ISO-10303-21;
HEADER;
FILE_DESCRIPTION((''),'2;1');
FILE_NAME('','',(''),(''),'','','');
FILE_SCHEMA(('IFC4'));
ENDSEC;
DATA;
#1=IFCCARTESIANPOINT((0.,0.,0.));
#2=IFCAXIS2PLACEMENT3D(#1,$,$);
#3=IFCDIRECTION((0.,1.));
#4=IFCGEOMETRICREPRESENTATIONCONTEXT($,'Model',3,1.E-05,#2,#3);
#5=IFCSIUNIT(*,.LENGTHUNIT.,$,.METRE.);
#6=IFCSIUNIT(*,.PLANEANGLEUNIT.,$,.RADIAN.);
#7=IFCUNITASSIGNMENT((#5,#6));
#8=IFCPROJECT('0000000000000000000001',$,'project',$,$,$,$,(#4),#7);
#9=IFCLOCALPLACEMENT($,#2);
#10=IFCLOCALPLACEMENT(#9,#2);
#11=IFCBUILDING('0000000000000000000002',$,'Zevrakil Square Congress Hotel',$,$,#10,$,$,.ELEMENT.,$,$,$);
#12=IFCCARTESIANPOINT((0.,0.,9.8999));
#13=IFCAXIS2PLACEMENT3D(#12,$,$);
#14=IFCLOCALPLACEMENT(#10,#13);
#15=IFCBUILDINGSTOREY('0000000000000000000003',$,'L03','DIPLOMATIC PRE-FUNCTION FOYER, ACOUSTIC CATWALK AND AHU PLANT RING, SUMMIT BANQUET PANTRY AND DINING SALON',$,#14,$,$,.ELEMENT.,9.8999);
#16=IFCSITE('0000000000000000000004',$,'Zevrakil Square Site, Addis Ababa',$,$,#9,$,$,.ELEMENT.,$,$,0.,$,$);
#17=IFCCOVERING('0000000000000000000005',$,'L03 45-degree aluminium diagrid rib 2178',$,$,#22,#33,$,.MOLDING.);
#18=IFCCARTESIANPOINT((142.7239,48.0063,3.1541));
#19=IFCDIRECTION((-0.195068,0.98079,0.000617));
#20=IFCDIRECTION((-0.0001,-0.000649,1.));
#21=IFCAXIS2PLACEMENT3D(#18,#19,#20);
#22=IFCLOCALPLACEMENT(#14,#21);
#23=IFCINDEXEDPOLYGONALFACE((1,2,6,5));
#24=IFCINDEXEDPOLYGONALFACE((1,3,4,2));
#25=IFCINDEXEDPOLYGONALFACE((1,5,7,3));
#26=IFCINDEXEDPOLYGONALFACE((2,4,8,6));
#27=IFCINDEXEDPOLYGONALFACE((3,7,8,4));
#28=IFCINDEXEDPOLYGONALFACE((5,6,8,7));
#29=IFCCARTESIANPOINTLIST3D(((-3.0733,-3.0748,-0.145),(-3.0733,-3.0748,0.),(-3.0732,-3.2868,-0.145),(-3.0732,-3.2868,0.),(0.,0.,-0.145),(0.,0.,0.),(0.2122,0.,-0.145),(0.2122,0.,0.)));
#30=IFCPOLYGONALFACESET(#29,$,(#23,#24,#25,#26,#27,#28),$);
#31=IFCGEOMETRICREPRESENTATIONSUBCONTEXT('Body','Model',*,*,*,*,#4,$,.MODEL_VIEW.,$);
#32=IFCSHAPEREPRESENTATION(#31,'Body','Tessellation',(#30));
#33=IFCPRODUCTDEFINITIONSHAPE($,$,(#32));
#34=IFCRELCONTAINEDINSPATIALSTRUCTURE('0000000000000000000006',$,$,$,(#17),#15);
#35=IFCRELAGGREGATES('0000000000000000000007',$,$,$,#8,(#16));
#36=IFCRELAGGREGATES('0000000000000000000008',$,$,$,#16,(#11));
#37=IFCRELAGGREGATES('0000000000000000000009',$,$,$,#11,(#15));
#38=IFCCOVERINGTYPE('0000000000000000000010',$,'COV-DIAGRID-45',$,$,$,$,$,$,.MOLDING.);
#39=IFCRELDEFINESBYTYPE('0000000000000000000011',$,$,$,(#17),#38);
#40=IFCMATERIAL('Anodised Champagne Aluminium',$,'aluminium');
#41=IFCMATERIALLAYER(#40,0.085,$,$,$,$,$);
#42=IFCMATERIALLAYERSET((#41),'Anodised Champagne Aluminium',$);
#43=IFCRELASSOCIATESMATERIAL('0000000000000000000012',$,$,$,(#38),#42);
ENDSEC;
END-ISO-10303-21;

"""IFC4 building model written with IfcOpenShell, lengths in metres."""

from ifc_helpers import new_model, si_unit, direction, frame, origin, place, context, subcontext, project, spatial, polyline, outline, extrude, material, layer, layer_set, type_object, element, save


model = new_model("IFC4")

# Units and contexts
model_context = context("Model", 3, precision=1e-05, world=origin(), true_north=direction((0.0, 1.0)))
body_context = subcontext(model_context, "Body", "Model", "MODEL_VIEW")
ifc_project = project(units=[si_unit("LENGTHUNIT", "METRE"), si_unit("PLANEANGLEUNIT", "RADIAN")], contexts=[model_context])

# Site, building, storey
site_placement = place(None, origin())
site = spatial("IfcSite", under=ifc_project, at=site_placement, Name="Zevrakil Square Site, Addis Ababa", CompositionType="ELEMENT", RefElevation=0.0)
building_placement = place(site_placement, origin())
building = spatial("IfcBuilding", under=site, at=building_placement, Name="Zevrakil Square Congress Hotel", CompositionType="ELEMENT")
storey_placement = place(building_placement, frame((0.0, 0.0, 9.8999)))
storey = spatial("IfcBuildingStorey", under=building, at=storey_placement, Name="L03", Description="DIPLOMATIC PRE-FUNCTION FOYER, ACOUSTIC CATWALK AND AHU PLANT RING, SUMMIT BANQUET PANTRY AND DINING SALON", CompositionType="ELEMENT", Elevation=9.8999)

# Covering
ifc_material_1 = material(Name="Anodised Champagne Aluminium", Category="aluminium")
ifc_layer_1 = layer(ifc_material_1, 0.085)
ifc_layer_set_1 = layer_set([ifc_layer_1], Name="Anodised Champagne Aluminium")
covering_type_1 = type_object("IfcCoveringType", Name="COV-DIAGRID-45", PredefinedType="MOLDING", material=ifc_layer_set_1)
covering_1_placement = place(storey_placement, frame((142.7239, 48.0063, 3.1541), z_axis=(-0.195068, 0.98079, 0.000617), x_axis=(-0.0001, -0.000649, 1.0)))
element("IfcCovering", 1, at=covering_1_placement, inside=storey, type_object=covering_type_1, Name="L03 45-degree aluminium diagrid rib 2178", PredefinedType="MOLDING", context=body_context, shape_type="SweptSolid", body=[
    extrude(outline(polyline([(0.0, 0.0), (0.2122, 0.0), (-3.0732, -3.2868), (-3.0733, -3.0748), (0.0, 0.0)])), origin(), (0.0, 0.0, -1.0), 0.145),
])

save(model, "model.ifc")
